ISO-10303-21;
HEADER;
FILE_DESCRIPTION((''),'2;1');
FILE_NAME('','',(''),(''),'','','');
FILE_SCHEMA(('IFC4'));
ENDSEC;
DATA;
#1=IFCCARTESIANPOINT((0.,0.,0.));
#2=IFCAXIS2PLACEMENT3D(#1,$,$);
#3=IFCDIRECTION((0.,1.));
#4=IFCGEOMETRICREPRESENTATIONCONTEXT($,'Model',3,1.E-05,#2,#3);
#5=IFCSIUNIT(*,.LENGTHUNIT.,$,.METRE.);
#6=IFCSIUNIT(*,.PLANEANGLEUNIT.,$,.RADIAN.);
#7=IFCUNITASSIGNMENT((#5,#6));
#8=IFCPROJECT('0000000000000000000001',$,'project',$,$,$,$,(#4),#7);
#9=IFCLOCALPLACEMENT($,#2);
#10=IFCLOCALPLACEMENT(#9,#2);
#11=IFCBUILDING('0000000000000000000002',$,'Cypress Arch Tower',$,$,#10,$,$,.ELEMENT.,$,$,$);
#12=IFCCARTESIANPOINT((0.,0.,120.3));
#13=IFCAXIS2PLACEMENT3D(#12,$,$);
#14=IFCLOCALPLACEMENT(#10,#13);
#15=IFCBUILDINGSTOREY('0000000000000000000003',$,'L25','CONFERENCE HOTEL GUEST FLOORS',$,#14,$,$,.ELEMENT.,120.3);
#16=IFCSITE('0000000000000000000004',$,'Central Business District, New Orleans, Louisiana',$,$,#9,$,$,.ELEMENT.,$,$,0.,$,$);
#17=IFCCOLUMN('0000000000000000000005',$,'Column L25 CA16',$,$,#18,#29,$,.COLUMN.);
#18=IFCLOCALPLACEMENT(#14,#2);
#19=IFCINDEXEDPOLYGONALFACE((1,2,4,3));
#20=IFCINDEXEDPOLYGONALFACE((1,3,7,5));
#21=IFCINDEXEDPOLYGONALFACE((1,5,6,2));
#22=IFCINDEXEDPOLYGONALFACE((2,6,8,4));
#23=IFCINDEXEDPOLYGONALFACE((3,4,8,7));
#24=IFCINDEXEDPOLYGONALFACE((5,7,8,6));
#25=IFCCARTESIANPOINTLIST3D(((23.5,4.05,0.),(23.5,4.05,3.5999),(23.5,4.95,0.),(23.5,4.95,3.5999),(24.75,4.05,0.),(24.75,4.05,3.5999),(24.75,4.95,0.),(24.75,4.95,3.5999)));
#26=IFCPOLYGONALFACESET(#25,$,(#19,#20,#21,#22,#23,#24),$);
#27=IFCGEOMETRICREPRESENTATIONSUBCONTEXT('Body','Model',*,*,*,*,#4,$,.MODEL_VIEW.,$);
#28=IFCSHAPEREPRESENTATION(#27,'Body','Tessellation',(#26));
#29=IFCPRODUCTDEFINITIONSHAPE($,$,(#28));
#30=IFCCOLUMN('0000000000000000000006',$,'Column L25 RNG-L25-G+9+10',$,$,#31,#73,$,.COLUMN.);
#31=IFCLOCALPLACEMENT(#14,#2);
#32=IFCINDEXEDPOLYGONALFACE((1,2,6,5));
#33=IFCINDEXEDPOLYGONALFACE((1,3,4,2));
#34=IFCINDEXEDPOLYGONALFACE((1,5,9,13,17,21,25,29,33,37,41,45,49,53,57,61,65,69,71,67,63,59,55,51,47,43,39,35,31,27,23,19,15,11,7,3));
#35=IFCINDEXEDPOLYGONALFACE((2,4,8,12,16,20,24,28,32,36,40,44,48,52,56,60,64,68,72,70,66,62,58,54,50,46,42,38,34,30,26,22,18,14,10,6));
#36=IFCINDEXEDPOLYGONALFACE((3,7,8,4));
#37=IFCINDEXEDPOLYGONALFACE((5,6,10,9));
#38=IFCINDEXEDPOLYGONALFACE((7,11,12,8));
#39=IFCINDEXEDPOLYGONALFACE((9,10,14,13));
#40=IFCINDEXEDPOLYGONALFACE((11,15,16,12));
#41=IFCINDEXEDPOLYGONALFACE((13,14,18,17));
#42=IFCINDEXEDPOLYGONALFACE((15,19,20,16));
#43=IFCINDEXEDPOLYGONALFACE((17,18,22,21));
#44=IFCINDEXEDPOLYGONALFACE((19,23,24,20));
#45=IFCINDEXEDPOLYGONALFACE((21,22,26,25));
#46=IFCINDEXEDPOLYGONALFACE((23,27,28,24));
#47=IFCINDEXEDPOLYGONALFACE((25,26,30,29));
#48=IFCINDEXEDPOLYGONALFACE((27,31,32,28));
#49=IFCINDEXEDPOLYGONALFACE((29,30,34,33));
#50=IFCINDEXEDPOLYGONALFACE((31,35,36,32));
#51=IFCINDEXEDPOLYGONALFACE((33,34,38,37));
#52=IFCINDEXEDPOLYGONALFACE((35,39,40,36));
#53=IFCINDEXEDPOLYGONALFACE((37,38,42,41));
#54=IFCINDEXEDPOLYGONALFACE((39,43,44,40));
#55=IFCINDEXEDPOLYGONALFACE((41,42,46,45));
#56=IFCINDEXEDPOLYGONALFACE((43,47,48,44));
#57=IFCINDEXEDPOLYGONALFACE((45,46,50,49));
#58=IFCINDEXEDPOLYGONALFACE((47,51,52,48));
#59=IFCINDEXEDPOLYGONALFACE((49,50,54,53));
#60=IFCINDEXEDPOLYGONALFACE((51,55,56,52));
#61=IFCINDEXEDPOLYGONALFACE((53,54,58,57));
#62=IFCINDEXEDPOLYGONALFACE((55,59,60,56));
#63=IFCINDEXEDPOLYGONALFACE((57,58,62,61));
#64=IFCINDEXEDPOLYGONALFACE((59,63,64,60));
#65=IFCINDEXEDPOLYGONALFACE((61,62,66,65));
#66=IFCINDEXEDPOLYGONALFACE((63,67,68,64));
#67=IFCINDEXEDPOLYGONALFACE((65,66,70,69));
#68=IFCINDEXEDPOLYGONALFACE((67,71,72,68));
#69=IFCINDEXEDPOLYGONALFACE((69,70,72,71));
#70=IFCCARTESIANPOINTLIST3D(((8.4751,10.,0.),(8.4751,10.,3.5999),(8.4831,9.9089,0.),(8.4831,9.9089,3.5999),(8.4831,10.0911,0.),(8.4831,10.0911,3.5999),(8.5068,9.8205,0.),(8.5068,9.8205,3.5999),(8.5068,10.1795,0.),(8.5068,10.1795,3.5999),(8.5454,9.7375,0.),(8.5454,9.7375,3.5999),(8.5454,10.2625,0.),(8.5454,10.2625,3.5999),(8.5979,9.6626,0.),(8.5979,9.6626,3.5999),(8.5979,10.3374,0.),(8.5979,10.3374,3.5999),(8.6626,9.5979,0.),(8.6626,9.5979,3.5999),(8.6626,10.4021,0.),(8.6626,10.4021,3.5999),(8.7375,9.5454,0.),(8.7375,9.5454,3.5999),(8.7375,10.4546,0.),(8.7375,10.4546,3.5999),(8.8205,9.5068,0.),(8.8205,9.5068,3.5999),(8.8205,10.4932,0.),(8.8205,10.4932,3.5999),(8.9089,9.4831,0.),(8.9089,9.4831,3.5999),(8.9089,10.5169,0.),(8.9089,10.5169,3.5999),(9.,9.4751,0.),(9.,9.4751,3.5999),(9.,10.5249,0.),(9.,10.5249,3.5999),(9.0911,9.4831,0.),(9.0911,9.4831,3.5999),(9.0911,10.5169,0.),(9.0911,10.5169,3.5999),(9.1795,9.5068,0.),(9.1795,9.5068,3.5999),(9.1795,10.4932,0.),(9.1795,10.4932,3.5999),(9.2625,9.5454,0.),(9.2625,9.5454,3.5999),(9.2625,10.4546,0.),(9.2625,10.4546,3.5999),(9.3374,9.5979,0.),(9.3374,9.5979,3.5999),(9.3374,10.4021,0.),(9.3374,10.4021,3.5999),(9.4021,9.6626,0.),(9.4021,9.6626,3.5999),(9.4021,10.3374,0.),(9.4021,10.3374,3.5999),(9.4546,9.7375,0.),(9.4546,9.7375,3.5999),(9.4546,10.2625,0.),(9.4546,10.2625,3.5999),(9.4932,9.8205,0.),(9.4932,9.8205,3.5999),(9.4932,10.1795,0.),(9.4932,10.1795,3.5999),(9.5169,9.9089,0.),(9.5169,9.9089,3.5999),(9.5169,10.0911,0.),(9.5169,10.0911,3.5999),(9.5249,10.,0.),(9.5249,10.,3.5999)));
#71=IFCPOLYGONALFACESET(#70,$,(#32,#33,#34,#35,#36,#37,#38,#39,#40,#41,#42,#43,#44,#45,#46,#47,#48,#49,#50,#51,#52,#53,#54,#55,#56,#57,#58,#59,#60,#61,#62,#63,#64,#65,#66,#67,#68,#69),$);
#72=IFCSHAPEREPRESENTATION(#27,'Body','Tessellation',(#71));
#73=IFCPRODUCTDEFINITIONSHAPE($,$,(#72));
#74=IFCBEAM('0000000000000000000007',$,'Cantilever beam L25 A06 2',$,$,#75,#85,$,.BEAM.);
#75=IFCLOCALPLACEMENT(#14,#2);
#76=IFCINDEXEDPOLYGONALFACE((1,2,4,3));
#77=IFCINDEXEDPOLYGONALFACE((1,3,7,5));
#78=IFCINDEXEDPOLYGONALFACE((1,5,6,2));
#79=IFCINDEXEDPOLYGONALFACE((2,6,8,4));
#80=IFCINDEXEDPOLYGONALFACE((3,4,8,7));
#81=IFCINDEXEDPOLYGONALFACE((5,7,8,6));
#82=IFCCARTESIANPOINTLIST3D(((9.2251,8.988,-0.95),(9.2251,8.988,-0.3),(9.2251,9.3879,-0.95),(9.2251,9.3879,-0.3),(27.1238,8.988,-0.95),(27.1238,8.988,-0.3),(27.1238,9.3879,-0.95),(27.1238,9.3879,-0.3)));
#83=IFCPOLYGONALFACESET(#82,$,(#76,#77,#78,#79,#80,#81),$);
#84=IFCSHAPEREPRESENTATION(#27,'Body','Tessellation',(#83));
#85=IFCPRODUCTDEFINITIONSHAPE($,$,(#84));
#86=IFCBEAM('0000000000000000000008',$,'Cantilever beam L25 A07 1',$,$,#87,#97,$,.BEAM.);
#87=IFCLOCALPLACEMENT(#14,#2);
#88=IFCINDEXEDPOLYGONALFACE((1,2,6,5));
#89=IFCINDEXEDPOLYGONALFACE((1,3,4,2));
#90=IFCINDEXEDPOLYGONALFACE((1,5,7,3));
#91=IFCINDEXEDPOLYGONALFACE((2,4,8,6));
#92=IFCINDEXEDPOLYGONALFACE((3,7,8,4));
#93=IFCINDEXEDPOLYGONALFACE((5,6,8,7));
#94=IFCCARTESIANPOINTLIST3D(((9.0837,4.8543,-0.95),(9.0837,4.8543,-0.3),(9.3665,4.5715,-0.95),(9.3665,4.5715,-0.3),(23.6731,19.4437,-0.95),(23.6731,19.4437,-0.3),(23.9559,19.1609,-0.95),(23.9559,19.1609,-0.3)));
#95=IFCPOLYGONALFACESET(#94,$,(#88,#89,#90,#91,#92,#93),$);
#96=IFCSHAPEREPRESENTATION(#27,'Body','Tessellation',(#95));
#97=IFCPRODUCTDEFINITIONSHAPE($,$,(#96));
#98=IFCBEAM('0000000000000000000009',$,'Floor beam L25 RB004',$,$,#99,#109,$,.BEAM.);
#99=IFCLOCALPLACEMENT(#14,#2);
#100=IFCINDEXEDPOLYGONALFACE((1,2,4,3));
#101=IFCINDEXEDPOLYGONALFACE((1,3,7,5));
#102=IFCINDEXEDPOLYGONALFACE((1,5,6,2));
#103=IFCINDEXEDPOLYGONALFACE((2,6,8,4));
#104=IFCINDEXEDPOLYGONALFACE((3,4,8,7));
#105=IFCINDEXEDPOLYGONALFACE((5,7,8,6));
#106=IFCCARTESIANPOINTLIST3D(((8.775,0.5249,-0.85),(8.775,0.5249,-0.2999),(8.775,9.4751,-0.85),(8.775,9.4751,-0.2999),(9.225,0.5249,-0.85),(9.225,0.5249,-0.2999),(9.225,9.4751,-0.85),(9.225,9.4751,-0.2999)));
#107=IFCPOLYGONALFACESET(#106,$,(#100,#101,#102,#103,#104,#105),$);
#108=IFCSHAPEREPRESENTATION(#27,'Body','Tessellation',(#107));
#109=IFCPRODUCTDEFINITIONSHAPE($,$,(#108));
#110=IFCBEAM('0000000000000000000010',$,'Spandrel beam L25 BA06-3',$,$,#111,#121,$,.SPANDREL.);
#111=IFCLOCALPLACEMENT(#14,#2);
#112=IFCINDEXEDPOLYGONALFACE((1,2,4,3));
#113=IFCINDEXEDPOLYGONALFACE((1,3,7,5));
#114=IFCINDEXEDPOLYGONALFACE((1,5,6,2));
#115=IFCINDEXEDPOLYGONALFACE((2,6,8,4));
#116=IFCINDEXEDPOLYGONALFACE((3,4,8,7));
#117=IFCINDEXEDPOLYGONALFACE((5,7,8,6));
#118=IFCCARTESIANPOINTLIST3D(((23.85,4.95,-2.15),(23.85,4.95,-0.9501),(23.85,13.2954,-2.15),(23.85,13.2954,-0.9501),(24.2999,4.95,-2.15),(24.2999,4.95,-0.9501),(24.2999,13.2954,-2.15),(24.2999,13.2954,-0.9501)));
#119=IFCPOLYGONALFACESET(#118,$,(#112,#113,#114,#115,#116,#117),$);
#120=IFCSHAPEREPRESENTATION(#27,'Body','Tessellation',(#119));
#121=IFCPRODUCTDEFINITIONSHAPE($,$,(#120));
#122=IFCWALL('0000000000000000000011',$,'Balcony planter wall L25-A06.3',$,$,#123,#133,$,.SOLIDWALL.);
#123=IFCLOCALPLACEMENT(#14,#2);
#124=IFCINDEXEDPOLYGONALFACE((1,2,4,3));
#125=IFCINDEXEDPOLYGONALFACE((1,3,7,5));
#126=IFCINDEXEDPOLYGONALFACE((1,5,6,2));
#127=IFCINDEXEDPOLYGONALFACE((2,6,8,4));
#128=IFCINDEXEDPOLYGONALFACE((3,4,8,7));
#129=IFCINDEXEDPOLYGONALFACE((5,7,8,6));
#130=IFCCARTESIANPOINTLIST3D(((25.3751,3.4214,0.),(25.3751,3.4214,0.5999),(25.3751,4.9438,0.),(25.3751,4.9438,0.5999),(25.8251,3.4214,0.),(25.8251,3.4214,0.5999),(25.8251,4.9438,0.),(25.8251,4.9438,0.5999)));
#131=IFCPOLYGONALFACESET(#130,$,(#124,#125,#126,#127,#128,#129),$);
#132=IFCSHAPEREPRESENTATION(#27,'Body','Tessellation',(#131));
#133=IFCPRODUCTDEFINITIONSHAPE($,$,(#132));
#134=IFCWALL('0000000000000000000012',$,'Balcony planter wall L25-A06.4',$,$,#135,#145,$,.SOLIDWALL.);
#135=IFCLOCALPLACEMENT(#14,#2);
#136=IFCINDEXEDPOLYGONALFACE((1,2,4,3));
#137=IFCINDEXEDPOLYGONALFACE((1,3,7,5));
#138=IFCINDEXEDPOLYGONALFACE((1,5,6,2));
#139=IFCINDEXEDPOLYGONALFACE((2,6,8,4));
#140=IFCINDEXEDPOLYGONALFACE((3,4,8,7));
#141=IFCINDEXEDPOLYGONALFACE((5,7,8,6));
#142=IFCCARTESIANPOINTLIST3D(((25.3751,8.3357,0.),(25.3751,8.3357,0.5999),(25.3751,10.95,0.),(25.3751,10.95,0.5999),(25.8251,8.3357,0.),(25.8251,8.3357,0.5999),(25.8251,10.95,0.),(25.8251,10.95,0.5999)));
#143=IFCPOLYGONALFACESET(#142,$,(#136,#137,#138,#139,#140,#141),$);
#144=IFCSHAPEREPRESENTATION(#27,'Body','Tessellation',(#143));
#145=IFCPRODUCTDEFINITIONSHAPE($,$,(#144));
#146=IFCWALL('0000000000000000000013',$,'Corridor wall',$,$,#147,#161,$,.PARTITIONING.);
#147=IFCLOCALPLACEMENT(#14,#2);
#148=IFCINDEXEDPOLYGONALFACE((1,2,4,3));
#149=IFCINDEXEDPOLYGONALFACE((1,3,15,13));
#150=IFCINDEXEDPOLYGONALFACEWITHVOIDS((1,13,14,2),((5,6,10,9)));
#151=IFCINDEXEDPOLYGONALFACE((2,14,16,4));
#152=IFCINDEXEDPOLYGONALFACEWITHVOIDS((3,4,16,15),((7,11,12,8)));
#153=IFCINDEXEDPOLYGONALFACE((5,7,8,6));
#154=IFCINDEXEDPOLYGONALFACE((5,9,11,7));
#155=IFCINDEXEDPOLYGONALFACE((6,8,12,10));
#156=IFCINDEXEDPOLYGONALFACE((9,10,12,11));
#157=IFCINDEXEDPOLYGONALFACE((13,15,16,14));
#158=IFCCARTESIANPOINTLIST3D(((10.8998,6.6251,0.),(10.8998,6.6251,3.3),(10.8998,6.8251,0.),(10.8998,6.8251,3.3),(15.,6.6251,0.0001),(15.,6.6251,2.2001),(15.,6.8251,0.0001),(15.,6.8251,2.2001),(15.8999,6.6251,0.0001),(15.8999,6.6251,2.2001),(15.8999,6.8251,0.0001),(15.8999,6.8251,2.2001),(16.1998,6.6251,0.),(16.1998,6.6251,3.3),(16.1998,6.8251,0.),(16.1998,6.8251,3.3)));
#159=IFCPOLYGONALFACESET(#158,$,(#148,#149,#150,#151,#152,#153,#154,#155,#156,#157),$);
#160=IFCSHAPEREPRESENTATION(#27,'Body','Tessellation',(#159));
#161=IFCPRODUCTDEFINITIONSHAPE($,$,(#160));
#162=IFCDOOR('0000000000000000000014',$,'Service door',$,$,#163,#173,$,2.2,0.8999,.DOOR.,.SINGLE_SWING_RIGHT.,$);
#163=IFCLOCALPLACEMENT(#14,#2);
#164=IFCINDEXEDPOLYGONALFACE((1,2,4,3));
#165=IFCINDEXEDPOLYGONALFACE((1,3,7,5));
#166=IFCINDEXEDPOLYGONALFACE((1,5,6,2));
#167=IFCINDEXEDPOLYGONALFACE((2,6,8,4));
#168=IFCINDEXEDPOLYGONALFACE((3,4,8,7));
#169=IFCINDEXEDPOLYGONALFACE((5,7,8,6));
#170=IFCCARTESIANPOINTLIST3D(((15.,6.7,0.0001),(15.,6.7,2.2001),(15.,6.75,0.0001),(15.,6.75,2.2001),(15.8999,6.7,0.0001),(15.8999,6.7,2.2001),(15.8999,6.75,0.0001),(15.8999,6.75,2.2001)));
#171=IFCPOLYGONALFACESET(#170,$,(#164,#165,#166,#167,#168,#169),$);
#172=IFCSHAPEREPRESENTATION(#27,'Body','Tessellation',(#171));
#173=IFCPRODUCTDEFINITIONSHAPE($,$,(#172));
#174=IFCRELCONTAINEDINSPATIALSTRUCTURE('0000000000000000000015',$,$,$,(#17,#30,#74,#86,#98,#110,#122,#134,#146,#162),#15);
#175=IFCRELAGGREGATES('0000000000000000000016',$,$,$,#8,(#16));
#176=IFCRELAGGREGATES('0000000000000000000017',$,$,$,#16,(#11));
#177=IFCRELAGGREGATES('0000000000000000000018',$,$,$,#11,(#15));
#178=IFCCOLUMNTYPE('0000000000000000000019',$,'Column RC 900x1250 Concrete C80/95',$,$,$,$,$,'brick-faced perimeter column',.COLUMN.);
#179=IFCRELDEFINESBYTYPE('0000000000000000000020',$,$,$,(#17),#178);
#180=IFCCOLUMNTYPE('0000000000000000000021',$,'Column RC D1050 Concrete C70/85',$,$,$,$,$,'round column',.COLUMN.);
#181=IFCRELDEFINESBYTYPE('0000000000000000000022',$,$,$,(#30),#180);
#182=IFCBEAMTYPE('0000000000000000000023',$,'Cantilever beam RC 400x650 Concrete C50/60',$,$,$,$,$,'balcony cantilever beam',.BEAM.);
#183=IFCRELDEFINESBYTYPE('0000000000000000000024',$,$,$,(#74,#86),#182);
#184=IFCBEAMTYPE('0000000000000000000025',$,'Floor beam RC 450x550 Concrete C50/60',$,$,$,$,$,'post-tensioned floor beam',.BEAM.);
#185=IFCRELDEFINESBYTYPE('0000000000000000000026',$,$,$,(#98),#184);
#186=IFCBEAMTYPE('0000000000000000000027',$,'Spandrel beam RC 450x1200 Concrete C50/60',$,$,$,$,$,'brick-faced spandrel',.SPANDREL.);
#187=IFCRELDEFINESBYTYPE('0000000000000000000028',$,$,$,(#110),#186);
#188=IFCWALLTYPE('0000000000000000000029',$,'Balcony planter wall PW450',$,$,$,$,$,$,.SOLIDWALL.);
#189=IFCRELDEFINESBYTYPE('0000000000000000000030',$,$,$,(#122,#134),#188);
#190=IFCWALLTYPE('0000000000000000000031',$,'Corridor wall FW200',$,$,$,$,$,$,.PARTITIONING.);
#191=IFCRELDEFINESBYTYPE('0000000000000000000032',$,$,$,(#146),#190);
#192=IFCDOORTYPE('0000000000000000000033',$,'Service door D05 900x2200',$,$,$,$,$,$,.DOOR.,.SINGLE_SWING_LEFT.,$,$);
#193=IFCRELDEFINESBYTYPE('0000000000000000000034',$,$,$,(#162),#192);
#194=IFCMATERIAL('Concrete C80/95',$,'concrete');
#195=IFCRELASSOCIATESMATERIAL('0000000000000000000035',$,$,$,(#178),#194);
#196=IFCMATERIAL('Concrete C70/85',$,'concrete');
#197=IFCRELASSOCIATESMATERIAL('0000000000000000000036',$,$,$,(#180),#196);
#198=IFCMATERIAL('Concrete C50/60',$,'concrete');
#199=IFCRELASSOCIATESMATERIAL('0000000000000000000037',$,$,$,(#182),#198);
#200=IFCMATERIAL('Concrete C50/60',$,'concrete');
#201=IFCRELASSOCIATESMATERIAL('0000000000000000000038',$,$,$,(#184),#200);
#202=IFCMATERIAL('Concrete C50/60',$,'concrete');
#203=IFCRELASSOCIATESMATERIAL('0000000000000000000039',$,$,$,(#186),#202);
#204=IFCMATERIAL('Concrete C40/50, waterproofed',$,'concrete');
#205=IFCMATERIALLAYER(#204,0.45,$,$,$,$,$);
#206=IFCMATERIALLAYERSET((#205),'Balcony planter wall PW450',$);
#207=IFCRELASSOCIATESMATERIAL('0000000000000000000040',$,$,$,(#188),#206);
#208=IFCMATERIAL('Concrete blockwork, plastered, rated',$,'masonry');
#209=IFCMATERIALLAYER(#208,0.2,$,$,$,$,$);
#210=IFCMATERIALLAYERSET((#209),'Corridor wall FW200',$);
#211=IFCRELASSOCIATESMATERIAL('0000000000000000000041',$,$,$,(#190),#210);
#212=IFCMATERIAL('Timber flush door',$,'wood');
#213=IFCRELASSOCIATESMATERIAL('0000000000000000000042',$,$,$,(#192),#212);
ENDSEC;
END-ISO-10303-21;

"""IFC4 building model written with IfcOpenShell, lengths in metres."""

from ifc_helpers import new_model, si_unit, direction, frame, frame_2d, origin, origin_2d, place, context, subcontext, project, spatial, rectangle, circle, extrude, material, layer, layer_set, material_profile, profile_set, type_object, element, fill, save


model = new_model("IFC4")

# Units and contexts
model_context = context("Model", 3, precision=1e-05, world=origin(), true_north=direction((0.0, 1.0)))
body_context = subcontext(model_context, "Body", "Model", "MODEL_VIEW")
ifc_project = project(units=[si_unit("LENGTHUNIT", "METRE"), si_unit("PLANEANGLEUNIT", "RADIAN")], contexts=[model_context])

# Site, building, storey
site_placement = place(None, origin())
site = spatial("IfcSite", under=ifc_project, at=site_placement, Name="Central Business District, New Orleans, Louisiana", CompositionType="ELEMENT", RefElevation=0.0)
building_placement = place(site_placement, origin())
building = spatial("IfcBuilding", under=site, at=building_placement, Name="Cypress Arch Tower", CompositionType="ELEMENT")
storey_placement = place(building_placement, frame((0.0, 0.0, 120.3)))
storey = spatial("IfcBuildingStorey", under=building, at=storey_placement, Name="L25", Description="CONFERENCE HOTEL GUEST FLOORS", CompositionType="ELEMENT", Elevation=120.3)

# Columns
ifc_material_1 = material(Name="Concrete C80/95", Category="concrete")
ifc_material_profile_1 = material_profile(ifc_material_1, rectangle(XDim=0.8999, YDim=1.25, at=origin_2d()), Name="RC 900x1250")
ifc_profile_set_1 = profile_set([ifc_material_profile_1], Name="Concrete C80/95")
column_type_1 = type_object("IfcColumnType", Name="Column RC 900x1250 Concrete C80/95", ElementType="brick-faced perimeter column", PredefinedType="COLUMN", material=ifc_profile_set_1)
column_1_placement = place(storey_placement, frame((24.125, 4.5, 0.0), z_axis=(0.0, 0.0, 1.0), x_axis=(0.0, 1.0, 0.0)))
element("IfcColumn", 1, at=column_1_placement, inside=storey, type_object=column_type_1, Name="Column L25 CA16", PredefinedType="COLUMN", context=body_context, shape_type="SweptSolid", body=[
    extrude(rectangle(XDim=0.8999, YDim=1.25, at=origin_2d()), origin(), (0.0, 0.0, 1.0), 3.5999),
])
ifc_material_2 = material(Name="Concrete C70/85", Category="concrete")
ifc_material_profile_2 = material_profile(ifc_material_2, circle(Radius=0.5249, at=origin_2d()), Name="RC D1050")
ifc_profile_set_2 = profile_set([ifc_material_profile_2], Name="Concrete C70/85")
column_type_2 = type_object("IfcColumnType", Name="Column RC D1050 Concrete C70/85", ElementType="round column", PredefinedType="COLUMN", material=ifc_profile_set_2)
column_2_placement = place(storey_placement, frame((9.0, 10.0, 0.0), z_axis=(0.0, 0.0, 1.0), x_axis=(1.0, 0.0, 0.0)))
element("IfcColumn", 2, at=column_2_placement, inside=storey, type_object=column_type_2, Name="Column L25 RNG-L25-G+9+10", PredefinedType="COLUMN", context=body_context, shape_type="SweptSolid", body=[
    extrude(circle(Radius=0.5249, at=origin_2d()), origin(), (0.0, 0.0, 1.0), 3.5999),
])

# Beams
ifc_material_3 = material(Name="Concrete C50/60", Category="concrete")
ifc_material_profile_3 = material_profile(ifc_material_3, rectangle(XDim=0.3999, YDim=0.6499, at=origin_2d()), Name="RC 400x650")
ifc_profile_set_3 = profile_set([ifc_material_profile_3], Name="Concrete C50/60")
beam_type_1 = type_object("IfcBeamType", Name="Cantilever beam RC 400x650 Concrete C50/60", ElementType="balcony cantilever beam", PredefinedType="BEAM", material=ifc_profile_set_3)
beam_1_placement = place(storey_placement, frame((9.2251, 9.188, -0.625), z_axis=(1.0, 0.0, 0.0), x_axis=(0.0, 1.0, 0.0)))
element("IfcBeam", 3, at=beam_1_placement, inside=storey, type_object=beam_type_1, Name="Cantilever beam L25 A06 2", PredefinedType="BEAM", context=body_context, shape_type="SweptSolid", body=[
    extrude(rectangle(XDim=0.3999, YDim=0.6499, at=origin_2d()), origin(), (0.0, 0.0, 1.0), 17.8987),
])
beam_2_placement = place(storey_placement, frame((9.2251, 4.7129, -0.625), z_axis=(0.707107, 0.707107, 0.0), x_axis=(-0.707107, 0.707107, 0.0)))
element("IfcBeam", 4, at=beam_2_placement, inside=storey, type_object=beam_type_1, Name="Cantilever beam L25 A07 1", PredefinedType="BEAM", context=body_context, shape_type="SweptSolid", body=[
    extrude(rectangle(XDim=0.3999, YDim=0.6499, at=origin_2d()), origin(), (0.0, 0.0, 1.0), 20.6326),
])
ifc_material_4 = material(Name="Concrete C50/60", Category="concrete")
ifc_material_profile_4 = material_profile(ifc_material_4, rectangle(XDim=0.45, YDim=0.55, at=origin_2d()), Name="RC 450x550")
ifc_profile_set_4 = profile_set([ifc_material_profile_4], Name="Concrete C50/60")
beam_type_2 = type_object("IfcBeamType", Name="Floor beam RC 450x550 Concrete C50/60", ElementType="post-tensioned floor beam", PredefinedType="BEAM", material=ifc_profile_set_4)
beam_3_placement = place(storey_placement, frame((9.0, 0.5249, -0.575), z_axis=(0.0, 1.0, 0.0), x_axis=(-1.0, 0.0, 0.0)))
element("IfcBeam", 5, at=beam_3_placement, inside=storey, type_object=beam_type_2, Name="Floor beam L25 RB004", PredefinedType="BEAM", context=body_context, shape_type="SweptSolid", body=[
    extrude(rectangle(XDim=0.45, YDim=0.55, at=origin_2d()), origin(), (0.0, 0.0, 1.0), 8.9502),
])
ifc_material_5 = material(Name="Concrete C50/60", Category="concrete")
ifc_material_profile_5 = material_profile(ifc_material_5, rectangle(XDim=0.45, YDim=1.2, at=origin_2d()), Name="RC 450x1200")
ifc_profile_set_5 = profile_set([ifc_material_profile_5], Name="Concrete C50/60")
beam_type_3 = type_object("IfcBeamType", Name="Spandrel beam RC 450x1200 Concrete C50/60", ElementType="brick-faced spandrel", PredefinedType="SPANDREL", material=ifc_profile_set_5)
beam_4_placement = place(storey_placement, frame((24.075, 4.95, -1.55), z_axis=(0.0, 1.0, 0.0), x_axis=(-1.0, 0.0, 0.0)))
element("IfcBeam", 6, at=beam_4_placement, inside=storey, type_object=beam_type_3, Name="Spandrel beam L25 BA06-3", PredefinedType="SPANDREL", context=body_context, shape_type="SweptSolid", body=[
    extrude(rectangle(XDim=0.45, YDim=1.2, at=origin_2d()), origin(), (0.0, 0.0, 1.0), 8.3455),
])

# Walls
ifc_material_6 = material(Name="Concrete C40/50, waterproofed", Category="concrete")
ifc_layer_1 = layer(ifc_material_6, 0.45)
ifc_layer_set_1 = layer_set([ifc_layer_1], Name="Balcony planter wall PW450")
wall_type_1 = type_object("IfcWallType", Name="Balcony planter wall PW450", PredefinedType="SOLIDWALL", material=ifc_layer_set_1)
wall_1_placement = place(storey_placement, frame((25.6001, 3.4214, 0.0), z_axis=(0.0, 0.0, 1.0), x_axis=(0.0, 1.0, 0.0)))
element("IfcWall", 7, at=wall_1_placement, inside=storey, type_object=wall_type_1, Name="Balcony planter wall L25-A06.3", PredefinedType="SOLIDWALL", context=body_context, shape_type="SweptSolid", body=[
    extrude(rectangle(XDim=1.5225, YDim=0.45, at=frame_2d((0.7612, 0.0))), origin(), (0.0, 0.0, 1.0), 0.5999),
])
wall_2_placement = place(storey_placement, frame((25.6001, 8.3357, 0.0), z_axis=(0.0, 0.0, 1.0), x_axis=(0.0, 1.0, 0.0)))
element("IfcWall", 8, at=wall_2_placement, inside=storey, type_object=wall_type_1, Name="Balcony planter wall L25-A06.4", PredefinedType="SOLIDWALL", context=body_context, shape_type="SweptSolid", body=[
    extrude(rectangle(XDim=2.6143, YDim=0.45, at=frame_2d((1.3071, 0.0))), origin(), (0.0, 0.0, 1.0), 0.5999),
])

# Wall, opening, door
ifc_material_7 = material(Name="Concrete blockwork, plastered, rated", Category="masonry")
ifc_layer_2 = layer(ifc_material_7, 0.2)
ifc_layer_set_2 = layer_set([ifc_layer_2], Name="Corridor wall FW200")
wall_type_2 = type_object("IfcWallType", Name="Corridor wall FW200", PredefinedType="PARTITIONING", material=ifc_layer_set_2)
wall_3_placement = place(storey_placement, frame((10.8999, 6.7251, 0.0), z_axis=(0.0, 0.0, 1.0), x_axis=(1.0, 0.0, 0.0)))
wall_3 = element("IfcWall", 9, at=wall_3_placement, inside=storey, type_object=wall_type_2, Name="Corridor wall", PredefinedType="PARTITIONING", context=body_context, shape_type="SweptSolid", body=[
    extrude(rectangle(XDim=5.3, YDim=0.2, at=frame_2d((2.6499, 0.0))), origin(), (0.0, 0.0, 1.0), 3.3),
])
opening_1_placement = place(wall_3_placement, frame((4.1001, 0.0, 0.0)))
opening_1 = element("IfcOpeningElement", 10, at=opening_1_placement, cuts=wall_3, PredefinedType="OPENING", context=body_context, shape_type="SweptSolid", body=[
    extrude(rectangle(XDim=0.8999, YDim=2.2, at=frame_2d((0.45, 1.1001))), frame((0.0, 0.1099, 0.0), z_axis=(0.0, -1.0, 0.0), x_axis=(1.0, 0.0, 0.0)), (0.0, 0.0, 1.0), 0.22),
])
ifc_material_8 = material(Name="Timber flush door", Category="wood")
door_type_1 = type_object("IfcDoorType", Name="Service door D05 900x2200", OperationType="SINGLE_SWING_LEFT", PredefinedType="DOOR", material=ifc_material_8)
door_1_placement = place(opening_1_placement, origin())
door_1 = element("IfcDoor", 11, at=door_1_placement, inside=storey, type_object=door_type_1, Name="Service door", OperationType="SINGLE_SWING_RIGHT", OverallHeight=2.2, OverallWidth=0.8999, PredefinedType="DOOR", context=body_context, shape_type="SweptSolid", body=[
    extrude(rectangle(XDim=0.8999, YDim=2.2, at=frame_2d((0.45, 1.1001))), frame((0.0, 0.0249, 0.0), z_axis=(0.0, -1.0, 0.0), x_axis=(1.0, 0.0, 0.0)), (0.0, 0.0, 1.0), 0.05),
])
fill(opening_1, door_1)

save(model, "model.ifc")
